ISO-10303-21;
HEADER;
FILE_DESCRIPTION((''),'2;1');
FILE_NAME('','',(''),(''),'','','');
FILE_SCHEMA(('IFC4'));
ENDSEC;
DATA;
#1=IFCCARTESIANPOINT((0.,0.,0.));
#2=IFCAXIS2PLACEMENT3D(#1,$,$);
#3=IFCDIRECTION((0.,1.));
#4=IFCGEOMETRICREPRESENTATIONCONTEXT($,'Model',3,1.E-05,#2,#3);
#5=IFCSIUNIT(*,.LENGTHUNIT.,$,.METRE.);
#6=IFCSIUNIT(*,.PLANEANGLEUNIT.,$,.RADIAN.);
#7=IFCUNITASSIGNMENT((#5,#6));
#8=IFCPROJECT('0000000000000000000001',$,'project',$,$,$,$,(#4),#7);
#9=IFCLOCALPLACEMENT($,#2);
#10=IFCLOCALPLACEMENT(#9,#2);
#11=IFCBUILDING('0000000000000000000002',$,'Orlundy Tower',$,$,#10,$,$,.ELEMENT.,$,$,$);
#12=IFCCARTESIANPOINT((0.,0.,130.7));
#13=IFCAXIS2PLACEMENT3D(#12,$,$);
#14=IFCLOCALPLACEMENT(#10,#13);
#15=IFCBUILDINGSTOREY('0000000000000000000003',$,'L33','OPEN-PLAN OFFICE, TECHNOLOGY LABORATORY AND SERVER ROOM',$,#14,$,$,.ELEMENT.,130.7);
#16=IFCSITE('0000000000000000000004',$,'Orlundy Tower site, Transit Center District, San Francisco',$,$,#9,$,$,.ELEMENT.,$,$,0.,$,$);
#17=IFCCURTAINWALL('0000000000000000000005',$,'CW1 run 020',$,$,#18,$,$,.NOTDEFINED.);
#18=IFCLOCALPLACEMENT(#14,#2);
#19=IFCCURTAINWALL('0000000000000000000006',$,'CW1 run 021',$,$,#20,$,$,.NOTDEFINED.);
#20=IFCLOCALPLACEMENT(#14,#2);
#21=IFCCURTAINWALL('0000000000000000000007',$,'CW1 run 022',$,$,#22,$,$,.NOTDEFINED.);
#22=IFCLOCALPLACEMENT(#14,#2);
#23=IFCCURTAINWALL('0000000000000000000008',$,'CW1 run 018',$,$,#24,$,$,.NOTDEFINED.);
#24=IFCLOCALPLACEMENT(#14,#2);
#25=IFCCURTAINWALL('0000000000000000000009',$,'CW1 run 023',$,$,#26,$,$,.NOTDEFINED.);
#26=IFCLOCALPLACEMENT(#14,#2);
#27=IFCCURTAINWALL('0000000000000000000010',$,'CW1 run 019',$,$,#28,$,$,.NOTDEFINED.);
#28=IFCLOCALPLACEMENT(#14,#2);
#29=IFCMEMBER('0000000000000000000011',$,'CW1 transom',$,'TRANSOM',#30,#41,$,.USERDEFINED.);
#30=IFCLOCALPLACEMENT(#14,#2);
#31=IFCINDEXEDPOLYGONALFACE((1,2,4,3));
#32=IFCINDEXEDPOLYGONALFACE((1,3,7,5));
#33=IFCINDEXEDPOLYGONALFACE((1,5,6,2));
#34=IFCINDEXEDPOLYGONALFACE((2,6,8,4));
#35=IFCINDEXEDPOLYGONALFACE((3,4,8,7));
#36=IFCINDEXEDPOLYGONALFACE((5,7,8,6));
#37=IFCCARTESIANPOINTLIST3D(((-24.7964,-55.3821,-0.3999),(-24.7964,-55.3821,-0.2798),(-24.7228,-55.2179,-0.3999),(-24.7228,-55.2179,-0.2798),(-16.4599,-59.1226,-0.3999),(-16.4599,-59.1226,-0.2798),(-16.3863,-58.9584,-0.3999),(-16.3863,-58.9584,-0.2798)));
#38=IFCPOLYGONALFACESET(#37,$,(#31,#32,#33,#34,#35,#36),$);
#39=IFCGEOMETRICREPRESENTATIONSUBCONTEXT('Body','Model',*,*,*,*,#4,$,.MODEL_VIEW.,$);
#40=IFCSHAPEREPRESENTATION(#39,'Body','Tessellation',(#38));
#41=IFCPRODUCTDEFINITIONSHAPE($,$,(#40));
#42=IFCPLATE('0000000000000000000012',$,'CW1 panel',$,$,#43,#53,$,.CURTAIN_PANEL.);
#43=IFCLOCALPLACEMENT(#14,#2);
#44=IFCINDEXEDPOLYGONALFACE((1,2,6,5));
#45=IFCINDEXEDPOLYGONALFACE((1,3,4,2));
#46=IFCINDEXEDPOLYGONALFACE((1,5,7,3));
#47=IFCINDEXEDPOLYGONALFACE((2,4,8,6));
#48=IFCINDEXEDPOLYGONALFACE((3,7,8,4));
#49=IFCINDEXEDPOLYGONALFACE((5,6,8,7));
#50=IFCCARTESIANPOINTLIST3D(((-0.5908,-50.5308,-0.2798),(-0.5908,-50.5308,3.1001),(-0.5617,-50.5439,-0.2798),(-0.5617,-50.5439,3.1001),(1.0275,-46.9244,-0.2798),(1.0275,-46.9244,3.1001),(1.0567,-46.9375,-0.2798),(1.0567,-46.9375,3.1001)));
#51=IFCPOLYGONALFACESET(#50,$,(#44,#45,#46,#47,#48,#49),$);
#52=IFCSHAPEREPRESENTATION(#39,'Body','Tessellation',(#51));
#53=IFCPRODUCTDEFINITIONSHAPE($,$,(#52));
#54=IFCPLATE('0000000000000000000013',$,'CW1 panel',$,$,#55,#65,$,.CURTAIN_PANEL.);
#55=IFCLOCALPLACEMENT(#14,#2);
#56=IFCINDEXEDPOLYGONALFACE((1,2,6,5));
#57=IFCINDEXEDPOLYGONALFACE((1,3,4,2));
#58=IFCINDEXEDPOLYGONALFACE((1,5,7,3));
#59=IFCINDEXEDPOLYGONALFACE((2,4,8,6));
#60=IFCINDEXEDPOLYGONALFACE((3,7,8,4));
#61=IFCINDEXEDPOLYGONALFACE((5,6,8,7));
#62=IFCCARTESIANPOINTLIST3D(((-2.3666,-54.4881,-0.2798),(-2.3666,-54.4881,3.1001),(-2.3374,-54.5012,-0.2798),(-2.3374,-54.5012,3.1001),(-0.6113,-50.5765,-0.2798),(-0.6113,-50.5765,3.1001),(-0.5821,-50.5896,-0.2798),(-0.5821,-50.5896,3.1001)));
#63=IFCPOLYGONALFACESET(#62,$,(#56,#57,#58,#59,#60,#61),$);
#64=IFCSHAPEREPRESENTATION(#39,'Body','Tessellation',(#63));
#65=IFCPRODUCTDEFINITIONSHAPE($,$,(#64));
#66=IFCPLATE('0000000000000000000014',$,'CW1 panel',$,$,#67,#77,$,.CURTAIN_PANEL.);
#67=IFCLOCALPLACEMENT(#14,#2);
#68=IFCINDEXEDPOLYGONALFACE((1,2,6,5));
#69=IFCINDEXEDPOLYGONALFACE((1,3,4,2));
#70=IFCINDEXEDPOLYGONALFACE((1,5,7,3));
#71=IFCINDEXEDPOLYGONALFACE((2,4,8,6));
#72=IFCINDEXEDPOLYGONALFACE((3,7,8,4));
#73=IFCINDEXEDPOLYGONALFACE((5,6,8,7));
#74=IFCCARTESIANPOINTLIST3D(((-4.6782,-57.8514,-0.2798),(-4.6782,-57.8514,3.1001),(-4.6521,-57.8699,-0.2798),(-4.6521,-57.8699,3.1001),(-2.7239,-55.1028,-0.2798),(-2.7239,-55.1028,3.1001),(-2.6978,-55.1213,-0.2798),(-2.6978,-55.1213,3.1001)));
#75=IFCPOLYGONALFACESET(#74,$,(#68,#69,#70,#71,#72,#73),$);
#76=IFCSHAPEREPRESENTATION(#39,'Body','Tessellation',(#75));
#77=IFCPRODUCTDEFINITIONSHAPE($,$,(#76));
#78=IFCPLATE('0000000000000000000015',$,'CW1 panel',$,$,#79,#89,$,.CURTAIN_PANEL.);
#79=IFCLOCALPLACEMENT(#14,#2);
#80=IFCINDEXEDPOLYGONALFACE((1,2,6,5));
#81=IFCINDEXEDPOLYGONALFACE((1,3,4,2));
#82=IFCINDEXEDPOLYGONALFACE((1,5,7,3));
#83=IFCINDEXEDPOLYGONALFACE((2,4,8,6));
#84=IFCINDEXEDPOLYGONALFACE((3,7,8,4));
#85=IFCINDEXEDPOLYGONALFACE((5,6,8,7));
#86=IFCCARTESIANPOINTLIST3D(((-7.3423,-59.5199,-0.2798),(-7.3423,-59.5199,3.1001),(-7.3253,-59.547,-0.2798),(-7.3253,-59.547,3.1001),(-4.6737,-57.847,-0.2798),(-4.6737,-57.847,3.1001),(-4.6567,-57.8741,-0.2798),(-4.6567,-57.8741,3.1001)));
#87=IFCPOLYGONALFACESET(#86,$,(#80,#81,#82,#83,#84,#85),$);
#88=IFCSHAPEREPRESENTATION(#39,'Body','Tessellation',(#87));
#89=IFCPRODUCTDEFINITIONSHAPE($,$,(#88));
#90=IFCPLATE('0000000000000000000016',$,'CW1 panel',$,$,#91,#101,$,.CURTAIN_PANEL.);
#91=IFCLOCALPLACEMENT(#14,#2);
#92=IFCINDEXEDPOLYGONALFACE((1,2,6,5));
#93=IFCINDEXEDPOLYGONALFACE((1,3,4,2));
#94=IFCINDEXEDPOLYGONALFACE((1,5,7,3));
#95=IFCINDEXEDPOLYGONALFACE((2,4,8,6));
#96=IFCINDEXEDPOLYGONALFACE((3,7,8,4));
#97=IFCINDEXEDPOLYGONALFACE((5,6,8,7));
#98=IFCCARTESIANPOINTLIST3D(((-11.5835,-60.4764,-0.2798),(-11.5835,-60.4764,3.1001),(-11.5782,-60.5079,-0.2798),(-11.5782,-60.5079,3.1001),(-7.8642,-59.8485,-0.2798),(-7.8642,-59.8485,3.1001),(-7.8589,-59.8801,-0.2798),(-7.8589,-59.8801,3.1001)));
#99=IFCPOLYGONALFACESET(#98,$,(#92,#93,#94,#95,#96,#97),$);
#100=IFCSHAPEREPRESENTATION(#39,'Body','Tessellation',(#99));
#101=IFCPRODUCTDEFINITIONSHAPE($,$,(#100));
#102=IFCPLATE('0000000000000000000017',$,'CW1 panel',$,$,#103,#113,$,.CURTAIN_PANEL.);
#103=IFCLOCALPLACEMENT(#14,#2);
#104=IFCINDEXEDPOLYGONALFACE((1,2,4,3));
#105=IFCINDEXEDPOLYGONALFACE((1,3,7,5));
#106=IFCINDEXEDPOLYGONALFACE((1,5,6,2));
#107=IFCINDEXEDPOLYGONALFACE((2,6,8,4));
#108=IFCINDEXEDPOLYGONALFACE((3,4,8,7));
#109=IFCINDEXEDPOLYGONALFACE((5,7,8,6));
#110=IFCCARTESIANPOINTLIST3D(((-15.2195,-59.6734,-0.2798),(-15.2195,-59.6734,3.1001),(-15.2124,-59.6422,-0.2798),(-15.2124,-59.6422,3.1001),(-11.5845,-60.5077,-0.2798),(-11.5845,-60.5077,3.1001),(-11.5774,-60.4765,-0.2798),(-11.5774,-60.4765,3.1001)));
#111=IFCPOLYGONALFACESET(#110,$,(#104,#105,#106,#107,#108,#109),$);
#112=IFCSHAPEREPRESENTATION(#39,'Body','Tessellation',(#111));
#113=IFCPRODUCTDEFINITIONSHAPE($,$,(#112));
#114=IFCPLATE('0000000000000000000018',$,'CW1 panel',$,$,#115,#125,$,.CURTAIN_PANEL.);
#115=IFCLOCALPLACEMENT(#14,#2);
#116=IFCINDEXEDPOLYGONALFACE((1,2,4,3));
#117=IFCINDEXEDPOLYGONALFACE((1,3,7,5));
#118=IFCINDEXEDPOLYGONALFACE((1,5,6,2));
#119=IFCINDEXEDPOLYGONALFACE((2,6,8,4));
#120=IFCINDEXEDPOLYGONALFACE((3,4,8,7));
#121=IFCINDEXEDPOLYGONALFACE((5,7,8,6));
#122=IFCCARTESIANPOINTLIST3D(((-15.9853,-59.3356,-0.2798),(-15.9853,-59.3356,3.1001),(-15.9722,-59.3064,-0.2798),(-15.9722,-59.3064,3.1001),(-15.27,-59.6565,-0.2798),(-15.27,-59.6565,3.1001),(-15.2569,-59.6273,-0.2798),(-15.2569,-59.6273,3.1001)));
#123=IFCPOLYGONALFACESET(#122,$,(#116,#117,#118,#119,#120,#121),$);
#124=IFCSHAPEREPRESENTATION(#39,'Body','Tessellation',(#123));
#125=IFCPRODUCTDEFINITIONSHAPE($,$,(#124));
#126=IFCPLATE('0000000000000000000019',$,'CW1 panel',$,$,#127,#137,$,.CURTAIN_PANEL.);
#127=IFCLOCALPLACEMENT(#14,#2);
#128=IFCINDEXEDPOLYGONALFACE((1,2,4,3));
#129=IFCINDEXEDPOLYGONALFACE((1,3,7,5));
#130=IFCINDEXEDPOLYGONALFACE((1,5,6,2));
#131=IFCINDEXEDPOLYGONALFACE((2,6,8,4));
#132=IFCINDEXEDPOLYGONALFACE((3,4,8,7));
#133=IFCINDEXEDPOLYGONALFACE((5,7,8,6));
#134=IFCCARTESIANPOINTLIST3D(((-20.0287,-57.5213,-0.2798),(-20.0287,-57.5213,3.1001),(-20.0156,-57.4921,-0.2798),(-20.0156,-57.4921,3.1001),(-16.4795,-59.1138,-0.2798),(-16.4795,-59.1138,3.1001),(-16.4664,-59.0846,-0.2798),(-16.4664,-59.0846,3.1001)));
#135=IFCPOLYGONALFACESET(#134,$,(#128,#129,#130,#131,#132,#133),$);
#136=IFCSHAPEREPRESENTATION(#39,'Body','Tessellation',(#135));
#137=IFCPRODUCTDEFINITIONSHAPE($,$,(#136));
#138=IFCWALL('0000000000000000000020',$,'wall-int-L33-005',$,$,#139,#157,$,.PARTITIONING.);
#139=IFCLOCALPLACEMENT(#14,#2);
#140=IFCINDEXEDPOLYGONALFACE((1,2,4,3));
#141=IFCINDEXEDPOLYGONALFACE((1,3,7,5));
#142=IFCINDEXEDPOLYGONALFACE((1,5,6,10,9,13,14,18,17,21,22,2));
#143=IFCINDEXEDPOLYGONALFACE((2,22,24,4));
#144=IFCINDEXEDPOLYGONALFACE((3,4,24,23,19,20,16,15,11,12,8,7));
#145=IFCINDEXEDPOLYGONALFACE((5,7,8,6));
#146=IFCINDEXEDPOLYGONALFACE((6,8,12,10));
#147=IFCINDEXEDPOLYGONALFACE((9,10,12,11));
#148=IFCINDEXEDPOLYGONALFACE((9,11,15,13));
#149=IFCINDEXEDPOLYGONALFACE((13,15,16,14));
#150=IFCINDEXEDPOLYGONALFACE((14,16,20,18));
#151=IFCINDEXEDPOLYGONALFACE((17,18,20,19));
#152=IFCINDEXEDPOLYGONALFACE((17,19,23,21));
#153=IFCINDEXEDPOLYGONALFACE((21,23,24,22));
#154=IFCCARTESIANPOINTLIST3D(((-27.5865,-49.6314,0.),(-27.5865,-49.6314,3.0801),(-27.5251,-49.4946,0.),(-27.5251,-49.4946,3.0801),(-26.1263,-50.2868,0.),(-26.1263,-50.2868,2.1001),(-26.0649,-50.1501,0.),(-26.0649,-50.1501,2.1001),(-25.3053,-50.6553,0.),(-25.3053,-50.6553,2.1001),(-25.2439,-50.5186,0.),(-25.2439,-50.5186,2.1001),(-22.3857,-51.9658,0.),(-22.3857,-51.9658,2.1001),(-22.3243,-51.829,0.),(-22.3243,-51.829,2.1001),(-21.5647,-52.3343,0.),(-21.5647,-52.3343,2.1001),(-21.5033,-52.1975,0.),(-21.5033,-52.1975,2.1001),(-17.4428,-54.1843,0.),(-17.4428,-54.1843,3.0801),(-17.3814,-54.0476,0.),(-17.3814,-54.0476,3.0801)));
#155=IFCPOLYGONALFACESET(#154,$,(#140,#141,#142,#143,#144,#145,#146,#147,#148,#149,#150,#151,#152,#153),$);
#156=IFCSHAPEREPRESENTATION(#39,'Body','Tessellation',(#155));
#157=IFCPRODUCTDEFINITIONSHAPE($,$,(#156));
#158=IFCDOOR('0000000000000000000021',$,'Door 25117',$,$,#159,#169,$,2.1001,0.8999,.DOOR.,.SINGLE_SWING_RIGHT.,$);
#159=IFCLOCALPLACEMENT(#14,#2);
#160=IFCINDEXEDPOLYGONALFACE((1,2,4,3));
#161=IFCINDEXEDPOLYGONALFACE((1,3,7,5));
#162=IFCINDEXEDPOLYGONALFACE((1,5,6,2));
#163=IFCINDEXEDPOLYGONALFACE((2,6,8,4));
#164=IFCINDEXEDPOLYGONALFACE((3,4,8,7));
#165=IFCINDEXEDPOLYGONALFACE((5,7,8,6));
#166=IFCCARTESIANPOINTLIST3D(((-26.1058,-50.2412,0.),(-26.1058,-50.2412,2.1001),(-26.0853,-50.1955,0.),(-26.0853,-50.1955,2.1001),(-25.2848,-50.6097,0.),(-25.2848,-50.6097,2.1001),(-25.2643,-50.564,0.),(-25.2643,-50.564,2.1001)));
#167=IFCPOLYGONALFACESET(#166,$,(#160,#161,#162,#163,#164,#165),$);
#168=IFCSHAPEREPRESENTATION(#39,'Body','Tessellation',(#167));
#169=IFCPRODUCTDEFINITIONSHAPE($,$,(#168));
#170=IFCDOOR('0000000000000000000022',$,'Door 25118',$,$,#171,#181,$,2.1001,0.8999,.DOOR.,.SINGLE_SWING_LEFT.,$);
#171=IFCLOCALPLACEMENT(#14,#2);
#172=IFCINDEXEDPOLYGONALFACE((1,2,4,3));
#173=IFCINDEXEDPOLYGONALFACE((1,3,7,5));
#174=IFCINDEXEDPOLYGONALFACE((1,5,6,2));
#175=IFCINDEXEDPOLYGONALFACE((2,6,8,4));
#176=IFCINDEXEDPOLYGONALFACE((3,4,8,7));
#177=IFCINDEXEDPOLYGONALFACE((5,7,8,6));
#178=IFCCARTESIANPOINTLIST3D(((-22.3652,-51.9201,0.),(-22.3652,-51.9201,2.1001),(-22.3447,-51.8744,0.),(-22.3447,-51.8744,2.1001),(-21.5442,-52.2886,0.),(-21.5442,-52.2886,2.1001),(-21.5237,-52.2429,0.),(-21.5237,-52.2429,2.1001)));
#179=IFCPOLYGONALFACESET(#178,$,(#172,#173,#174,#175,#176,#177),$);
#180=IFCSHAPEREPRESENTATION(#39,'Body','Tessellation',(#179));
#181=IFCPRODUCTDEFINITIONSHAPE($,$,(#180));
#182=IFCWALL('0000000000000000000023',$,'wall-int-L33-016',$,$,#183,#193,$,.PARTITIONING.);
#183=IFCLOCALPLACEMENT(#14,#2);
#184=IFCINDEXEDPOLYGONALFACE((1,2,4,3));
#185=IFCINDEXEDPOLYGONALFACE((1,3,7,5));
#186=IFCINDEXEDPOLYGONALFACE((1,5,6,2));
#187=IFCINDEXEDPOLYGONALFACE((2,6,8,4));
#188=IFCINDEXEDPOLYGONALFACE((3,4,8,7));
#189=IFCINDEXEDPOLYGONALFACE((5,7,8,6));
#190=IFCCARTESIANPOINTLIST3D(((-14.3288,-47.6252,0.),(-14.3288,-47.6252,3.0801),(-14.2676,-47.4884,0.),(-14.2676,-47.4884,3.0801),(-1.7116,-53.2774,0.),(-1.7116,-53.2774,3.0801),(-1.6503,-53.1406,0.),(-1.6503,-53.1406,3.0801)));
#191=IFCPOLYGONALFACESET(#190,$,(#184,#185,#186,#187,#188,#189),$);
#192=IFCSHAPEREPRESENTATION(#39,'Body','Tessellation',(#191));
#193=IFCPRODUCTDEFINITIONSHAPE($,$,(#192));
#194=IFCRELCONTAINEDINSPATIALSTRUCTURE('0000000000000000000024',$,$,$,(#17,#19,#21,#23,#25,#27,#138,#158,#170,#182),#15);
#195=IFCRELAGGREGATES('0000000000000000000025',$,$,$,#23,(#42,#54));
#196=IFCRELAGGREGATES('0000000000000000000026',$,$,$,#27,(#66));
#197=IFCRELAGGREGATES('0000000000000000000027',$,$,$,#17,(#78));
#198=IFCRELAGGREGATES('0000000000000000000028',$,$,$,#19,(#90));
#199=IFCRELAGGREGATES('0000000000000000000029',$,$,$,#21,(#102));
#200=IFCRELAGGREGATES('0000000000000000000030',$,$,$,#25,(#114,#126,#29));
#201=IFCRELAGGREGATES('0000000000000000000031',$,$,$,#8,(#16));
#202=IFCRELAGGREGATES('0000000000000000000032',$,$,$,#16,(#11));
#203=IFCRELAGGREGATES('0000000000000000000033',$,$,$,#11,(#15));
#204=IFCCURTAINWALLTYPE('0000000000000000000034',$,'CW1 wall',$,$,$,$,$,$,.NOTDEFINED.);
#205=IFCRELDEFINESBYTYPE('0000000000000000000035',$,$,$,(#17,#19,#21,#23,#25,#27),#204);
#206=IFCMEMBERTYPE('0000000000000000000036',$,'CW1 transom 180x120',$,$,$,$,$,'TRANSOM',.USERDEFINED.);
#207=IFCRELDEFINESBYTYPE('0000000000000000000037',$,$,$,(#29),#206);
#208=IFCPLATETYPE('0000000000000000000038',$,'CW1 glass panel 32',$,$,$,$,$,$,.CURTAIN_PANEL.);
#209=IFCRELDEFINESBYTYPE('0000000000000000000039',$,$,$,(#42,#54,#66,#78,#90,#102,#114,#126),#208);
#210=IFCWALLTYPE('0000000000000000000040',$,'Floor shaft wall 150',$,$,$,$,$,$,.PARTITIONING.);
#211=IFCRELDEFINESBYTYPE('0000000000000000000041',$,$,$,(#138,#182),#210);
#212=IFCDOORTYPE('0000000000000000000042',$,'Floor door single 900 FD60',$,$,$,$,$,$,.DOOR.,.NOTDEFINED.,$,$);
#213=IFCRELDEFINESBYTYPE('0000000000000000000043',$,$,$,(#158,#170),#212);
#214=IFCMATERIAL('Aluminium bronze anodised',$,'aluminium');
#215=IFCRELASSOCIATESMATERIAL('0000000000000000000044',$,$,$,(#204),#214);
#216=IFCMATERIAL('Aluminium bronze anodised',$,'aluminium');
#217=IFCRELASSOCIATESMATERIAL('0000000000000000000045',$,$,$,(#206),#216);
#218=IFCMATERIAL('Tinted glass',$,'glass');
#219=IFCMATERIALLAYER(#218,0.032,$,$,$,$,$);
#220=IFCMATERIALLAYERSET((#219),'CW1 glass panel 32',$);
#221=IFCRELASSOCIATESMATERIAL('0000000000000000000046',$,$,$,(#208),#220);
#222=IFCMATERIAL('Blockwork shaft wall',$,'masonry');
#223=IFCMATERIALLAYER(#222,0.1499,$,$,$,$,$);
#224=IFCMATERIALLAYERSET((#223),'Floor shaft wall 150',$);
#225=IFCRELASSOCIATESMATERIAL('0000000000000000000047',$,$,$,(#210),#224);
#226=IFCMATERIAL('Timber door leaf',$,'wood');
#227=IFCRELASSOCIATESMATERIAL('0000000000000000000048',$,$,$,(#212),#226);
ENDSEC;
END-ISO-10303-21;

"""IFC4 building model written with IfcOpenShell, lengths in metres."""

from ifc_helpers import new_model, si_unit, direction, frame, frame_2d, origin, origin_2d, place, context, subcontext, project, spatial, rectangle, extrude, material, layer, layer_set, material_profile, profile_set, type_object, element, fill, aggregate, save


model = new_model("IFC4")

# Units and contexts
model_context = context("Model", 3, precision=1e-05, world=origin(), true_north=direction((0.0, 1.0)))
body_context = subcontext(model_context, "Body", "Model", "MODEL_VIEW")
ifc_project = project(units=[si_unit("LENGTHUNIT", "METRE"), si_unit("PLANEANGLEUNIT", "RADIAN")], contexts=[model_context])

# Site, building, storey
site_placement = place(None, origin())
site = spatial("IfcSite", under=ifc_project, at=site_placement, Name="Orlundy Tower site, Transit Center District, San Francisco", CompositionType="ELEMENT", RefElevation=0.0)
building_placement = place(site_placement, origin())
building = spatial("IfcBuilding", under=site, at=building_placement, Name="Orlundy Tower", CompositionType="ELEMENT")
storey_placement = place(building_placement, frame((0.0, 0.0, 130.7)))
storey = spatial("IfcBuildingStorey", under=building, at=storey_placement, Name="L33", Description="OPEN-PLAN OFFICE, TECHNOLOGY LABORATORY AND SERVER ROOM", CompositionType="ELEMENT", Elevation=130.7)

# Curtain walls
ifc_material_1 = material(Name="Aluminium bronze anodised", Category="aluminium")
curtain_wall_type = type_object("IfcCurtainWallType", Name="CW1 wall", PredefinedType="NOTDEFINED", material=ifc_material_1)
curtain_wall_1_placement = place(storey_placement, origin())
curtain_wall_1 = element("IfcCurtainWall", 1, at=curtain_wall_1_placement, inside=storey, type_object=curtain_wall_type, Name="CW1 run 020", PredefinedType="NOTDEFINED")
curtain_wall_2_placement = place(storey_placement, origin())
curtain_wall_2 = element("IfcCurtainWall", 2, at=curtain_wall_2_placement, inside=storey, type_object=curtain_wall_type, Name="CW1 run 021", PredefinedType="NOTDEFINED")
curtain_wall_3_placement = place(storey_placement, origin())
curtain_wall_3 = element("IfcCurtainWall", 3, at=curtain_wall_3_placement, inside=storey, type_object=curtain_wall_type, Name="CW1 run 022", PredefinedType="NOTDEFINED")
curtain_wall_4_placement = place(storey_placement, origin())
curtain_wall_4 = element("IfcCurtainWall", 4, at=curtain_wall_4_placement, inside=storey, type_object=curtain_wall_type, Name="CW1 run 018", PredefinedType="NOTDEFINED")
curtain_wall_5_placement = place(storey_placement, origin())
curtain_wall_5 = element("IfcCurtainWall", 5, at=curtain_wall_5_placement, inside=storey, type_object=curtain_wall_type, Name="CW1 run 023", PredefinedType="NOTDEFINED")
curtain_wall_6_placement = place(storey_placement, origin())
curtain_wall_6 = element("IfcCurtainWall", 6, at=curtain_wall_6_placement, inside=storey, type_object=curtain_wall_type, Name="CW1 run 019", PredefinedType="NOTDEFINED")
ifc_material_2 = material(Name="Aluminium bronze anodised", Category="aluminium")
ifc_material_profile_1 = material_profile(ifc_material_2, rectangle(XDim=0.1799, YDim=0.1201, at=origin_2d()), Name="CW1 transom 180x120")
ifc_profile_set_1 = profile_set([ifc_material_profile_1], Name="Aluminium bronze anodised")
member_type_1 = type_object("IfcMemberType", Name="CW1 transom 180x120", ElementType="TRANSOM", PredefinedType="USERDEFINED", material=ifc_profile_set_1)

# Member
member_1_placement = place(storey_placement, frame((-16.4231, -59.0405, -0.3398), z_axis=(-0.912368, 0.409371, 0.0), x_axis=(-0.409371, -0.912368, 0.0)))
member_1 = element("IfcMember", 7, at=member_1_placement, type_object=member_type_1, Name="CW1 transom", ObjectType="TRANSOM", PredefinedType="USERDEFINED", context=body_context, shape_type="SweptSolid", body=[
    extrude(rectangle(XDim=0.1799, YDim=0.1201, at=origin_2d()), origin(), (0.0, 0.0, 1.0), 9.1372),
])

# Plates
ifc_material_3 = material(Name="Tinted glass", Category="glass")
ifc_layer_1 = layer(ifc_material_3, 0.032)
ifc_layer_set_1 = layer_set([ifc_layer_1], Name="CW1 glass panel 32")
plate_type = type_object("IfcPlateType", Name="CW1 glass panel 32", PredefinedType="CURTAIN_PANEL", material=ifc_layer_set_1)
plate_1_placement = place(storey_placement, frame((0.2329, -48.7341, -0.2798), z_axis=(0.0, 0.0, 1.0), x_axis=(-0.409405, -0.912353, 0.0)))
plate_1 = element("IfcPlate", 8, at=plate_1_placement, type_object=plate_type, Name="CW1 panel", PredefinedType="CURTAIN_PANEL", context=body_context, shape_type="SweptSolid", body=[
    extrude(rectangle(XDim=3.9529, YDim=0.032, at=origin_2d()), origin(), (0.0, 0.0, 1.0), 3.3799),
])
plate_2_placement = place(storey_placement, frame((-1.4744, -52.5388, -0.2798), z_axis=(0.0, 0.0, 1.0), x_axis=(-0.409405, -0.912353, 0.0)))
plate_2 = element("IfcPlate", 9, at=plate_2_placement, type_object=plate_type, Name="CW1 panel", PredefinedType="CURTAIN_PANEL", context=body_context, shape_type="SweptSolid", body=[
    extrude(rectangle(XDim=4.2874, YDim=0.032, at=origin_2d()), origin(), (0.0, 0.0, 1.0), 3.3799),
])
aggregate(curtain_wall_4, [plate_1, plate_2])
plate_3_placement = place(storey_placement, frame((-3.688, -56.4863, -0.2798), z_axis=(0.0, 0.0, 1.0), x_axis=(-0.579476, -0.814989, 0.0)))
plate_3 = element("IfcPlate", 10, at=plate_3_placement, type_object=plate_type, Name="CW1 panel", PredefinedType="CURTAIN_PANEL", context=body_context, shape_type="SweptSolid", body=[
    extrude(rectangle(XDim=3.3726, YDim=0.032, at=origin_2d()), origin(), (0.0, 0.0, 1.0), 3.3799),
])
aggregate(curtain_wall_6, [plate_3])
plate_4_placement = place(storey_placement, frame((-5.9995, -58.697, -0.2798), z_axis=(0.0, 0.0, 1.0), x_axis=(-0.847285, -0.531138, 0.0)))
plate_4 = element("IfcPlate", 11, at=plate_4_placement, type_object=plate_type, Name="CW1 panel", PredefinedType="CURTAIN_PANEL", context=body_context, shape_type="SweptSolid", body=[
    extrude(rectangle(XDim=3.1497, YDim=0.032, at=origin_2d()), origin(), (0.0, 0.0, 1.0), 3.3799),
])
aggregate(curtain_wall_1, [plate_4])
plate_5_placement = place(storey_placement, frame((-9.7212, -60.1782, -0.2798), z_axis=(0.0, 0.0, 1.0), x_axis=(-0.986049, -0.166455, 0.0)))
plate_5 = element("IfcPlate", 12, at=plate_5_placement, type_object=plate_type, Name="CW1 panel", PredefinedType="CURTAIN_PANEL", context=body_context, shape_type="SweptSolid", body=[
    extrude(rectangle(XDim=3.772, YDim=0.032, at=origin_2d()), origin(), (0.0, 0.0, 1.0), 3.3799),
])
aggregate(curtain_wall_2, [plate_5])
plate_6_placement = place(storey_placement, frame((-13.3984, -60.075, -0.2798), z_axis=(0.0, 0.0, 1.0), x_axis=(-0.974659, 0.223697, 0.0)))
plate_6 = element("IfcPlate", 13, at=plate_6_placement, type_object=plate_type, Name="CW1 panel", PredefinedType="CURTAIN_PANEL", context=body_context, shape_type="SweptSolid", body=[
    extrude(rectangle(XDim=3.7295, YDim=0.032, at=origin_2d()), origin(), (0.0, 0.0, 1.0), 3.3799),
])
aggregate(curtain_wall_3, [plate_6])
plate_7_placement = place(storey_placement, frame((-15.6211, -59.4814, -0.2798), z_axis=(0.0, 0.0, 1.0), x_axis=(-0.912366, 0.409374, 0.0)))
plate_7 = element("IfcPlate", 14, at=plate_7_placement, type_object=plate_type, Name="CW1 panel", PredefinedType="CURTAIN_PANEL", context=body_context, shape_type="SweptSolid", body=[
    extrude(rectangle(XDim=0.7839, YDim=0.032, at=origin_2d()), origin(), (0.0, 0.0, 1.0), 3.3799),
])
plate_8_placement = place(storey_placement, frame((-18.2476, -58.303, -0.2798), z_axis=(0.0, 0.0, 1.0), x_axis=(-0.912366, 0.409374, 0.0)))
plate_8 = element("IfcPlate", 15, at=plate_8_placement, type_object=plate_type, Name="CW1 panel", PredefinedType="CURTAIN_PANEL", context=body_context, shape_type="SweptSolid", body=[
    extrude(rectangle(XDim=3.8901, YDim=0.032, at=origin_2d()), origin(), (0.0, 0.0, 1.0), 3.3799),
])
aggregate(curtain_wall_5, [plate_7, plate_8, member_1])

# Wall, openings, doors
ifc_material_4 = material(Name="Blockwork shaft wall", Category="masonry")
ifc_layer_2 = layer(ifc_material_4, 0.1499)
ifc_layer_set_2 = layer_set([ifc_layer_2], Name="Floor shaft wall 150")
wall_type = type_object("IfcWallType", Name="Floor shaft wall 150", PredefinedType="PARTITIONING", material=ifc_layer_set_2)
wall_1_placement = place(storey_placement, frame((-17.4121, -54.116, 0.0), z_axis=(0.0, 0.0, 1.0), x_axis=(-0.912316, 0.409487, 0.0)))
wall_1 = element("IfcWall", 16, at=wall_1_placement, inside=storey, type_object=wall_type, Name="wall-int-L33-005", PredefinedType="PARTITIONING", context=body_context, shape_type="SweptSolid", body=[
    extrude(rectangle(XDim=11.1187, YDim=0.1499, at=frame_2d((5.5593, 0.0))), origin(), (0.0, 0.0, 1.0), 3.0801),
])
opening_1_placement = place(wall_1_placement, frame((8.6182, 0.0, 0.0)))
opening_1 = element("IfcOpeningElement", 17, at=opening_1_placement, cuts=wall_1, PredefinedType="OPENING", context=body_context, shape_type="SweptSolid", body=[
    extrude(rectangle(XDim=0.8999, YDim=2.1001, at=frame_2d((0.45, 1.05))), frame((0.0, 0.085, 0.0), z_axis=(0.0, -1.0, 0.0), x_axis=(1.0, 0.0, 0.0)), (0.0, 0.0, 1.0), 0.1699),
])
opening_2_placement = place(wall_1_placement, frame((4.5181, 0.0, 0.0)))
opening_2 = element("IfcOpeningElement", 18, at=opening_2_placement, cuts=wall_1, PredefinedType="OPENING", context=body_context, shape_type="SweptSolid", body=[
    extrude(rectangle(XDim=0.8999, YDim=2.1001, at=frame_2d((0.45, 1.05))), frame((0.0, 0.085, 0.0), z_axis=(0.0, -1.0, 0.0), x_axis=(1.0, 0.0, 0.0)), (0.0, 0.0, 1.0), 0.1699),
])
ifc_material_5 = material(Name="Timber door leaf", Category="wood")
door_type = type_object("IfcDoorType", Name="Floor door single 900 FD60", OperationType="NOTDEFINED", PredefinedType="DOOR", material=ifc_material_5)
door_1_placement = place(opening_1_placement, origin())
door_1 = element("IfcDoor", 19, at=door_1_placement, inside=storey, type_object=door_type, Name="Door 25117", OperationType="SINGLE_SWING_RIGHT", OverallHeight=2.1001, OverallWidth=0.8999, PredefinedType="DOOR", context=body_context, shape_type="SweptSolid", body=[
    extrude(rectangle(XDim=0.8999, YDim=2.1001, at=frame_2d((0.45, 1.05))), frame((0.0, 0.0249, 0.0), z_axis=(0.0, -1.0, 0.0), x_axis=(1.0, 0.0, 0.0)), (0.0, 0.0, 1.0), 0.05),
])
fill(opening_1, door_1)
door_2_placement = place(opening_2_placement, origin())
door_2 = element("IfcDoor", 20, at=door_2_placement, inside=storey, type_object=door_type, Name="Door 25118", OperationType="SINGLE_SWING_LEFT", OverallHeight=2.1001, OverallWidth=0.8999, PredefinedType="DOOR", context=body_context, shape_type="SweptSolid", body=[
    extrude(rectangle(XDim=0.8999, YDim=2.1001, at=frame_2d((0.45, 1.05))), frame((0.0, 0.0249, 0.0), z_axis=(0.0, -1.0, 0.0), x_axis=(1.0, 0.0, 0.0)), (0.0, 0.0, 1.0), 0.05),
])
fill(opening_2, door_2)

# Wall
wall_2_placement = place(storey_placement, frame((-14.2981, -47.5569, 0.0), z_axis=(0.0, 0.0, 1.0), x_axis=(0.912614, -0.408822, 0.0)))
element("IfcWall", 21, at=wall_2_placement, inside=storey, type_object=wall_type, Name="wall-int-L33-016", PredefinedType="PARTITIONING", context=body_context, shape_type="SweptSolid", body=[
    extrude(rectangle(XDim=13.8254, YDim=0.1499, at=frame_2d((6.9126, 0.0))), origin(), (0.0, 0.0, 1.0), 3.0801),
])

save(model, "model.ifc")
